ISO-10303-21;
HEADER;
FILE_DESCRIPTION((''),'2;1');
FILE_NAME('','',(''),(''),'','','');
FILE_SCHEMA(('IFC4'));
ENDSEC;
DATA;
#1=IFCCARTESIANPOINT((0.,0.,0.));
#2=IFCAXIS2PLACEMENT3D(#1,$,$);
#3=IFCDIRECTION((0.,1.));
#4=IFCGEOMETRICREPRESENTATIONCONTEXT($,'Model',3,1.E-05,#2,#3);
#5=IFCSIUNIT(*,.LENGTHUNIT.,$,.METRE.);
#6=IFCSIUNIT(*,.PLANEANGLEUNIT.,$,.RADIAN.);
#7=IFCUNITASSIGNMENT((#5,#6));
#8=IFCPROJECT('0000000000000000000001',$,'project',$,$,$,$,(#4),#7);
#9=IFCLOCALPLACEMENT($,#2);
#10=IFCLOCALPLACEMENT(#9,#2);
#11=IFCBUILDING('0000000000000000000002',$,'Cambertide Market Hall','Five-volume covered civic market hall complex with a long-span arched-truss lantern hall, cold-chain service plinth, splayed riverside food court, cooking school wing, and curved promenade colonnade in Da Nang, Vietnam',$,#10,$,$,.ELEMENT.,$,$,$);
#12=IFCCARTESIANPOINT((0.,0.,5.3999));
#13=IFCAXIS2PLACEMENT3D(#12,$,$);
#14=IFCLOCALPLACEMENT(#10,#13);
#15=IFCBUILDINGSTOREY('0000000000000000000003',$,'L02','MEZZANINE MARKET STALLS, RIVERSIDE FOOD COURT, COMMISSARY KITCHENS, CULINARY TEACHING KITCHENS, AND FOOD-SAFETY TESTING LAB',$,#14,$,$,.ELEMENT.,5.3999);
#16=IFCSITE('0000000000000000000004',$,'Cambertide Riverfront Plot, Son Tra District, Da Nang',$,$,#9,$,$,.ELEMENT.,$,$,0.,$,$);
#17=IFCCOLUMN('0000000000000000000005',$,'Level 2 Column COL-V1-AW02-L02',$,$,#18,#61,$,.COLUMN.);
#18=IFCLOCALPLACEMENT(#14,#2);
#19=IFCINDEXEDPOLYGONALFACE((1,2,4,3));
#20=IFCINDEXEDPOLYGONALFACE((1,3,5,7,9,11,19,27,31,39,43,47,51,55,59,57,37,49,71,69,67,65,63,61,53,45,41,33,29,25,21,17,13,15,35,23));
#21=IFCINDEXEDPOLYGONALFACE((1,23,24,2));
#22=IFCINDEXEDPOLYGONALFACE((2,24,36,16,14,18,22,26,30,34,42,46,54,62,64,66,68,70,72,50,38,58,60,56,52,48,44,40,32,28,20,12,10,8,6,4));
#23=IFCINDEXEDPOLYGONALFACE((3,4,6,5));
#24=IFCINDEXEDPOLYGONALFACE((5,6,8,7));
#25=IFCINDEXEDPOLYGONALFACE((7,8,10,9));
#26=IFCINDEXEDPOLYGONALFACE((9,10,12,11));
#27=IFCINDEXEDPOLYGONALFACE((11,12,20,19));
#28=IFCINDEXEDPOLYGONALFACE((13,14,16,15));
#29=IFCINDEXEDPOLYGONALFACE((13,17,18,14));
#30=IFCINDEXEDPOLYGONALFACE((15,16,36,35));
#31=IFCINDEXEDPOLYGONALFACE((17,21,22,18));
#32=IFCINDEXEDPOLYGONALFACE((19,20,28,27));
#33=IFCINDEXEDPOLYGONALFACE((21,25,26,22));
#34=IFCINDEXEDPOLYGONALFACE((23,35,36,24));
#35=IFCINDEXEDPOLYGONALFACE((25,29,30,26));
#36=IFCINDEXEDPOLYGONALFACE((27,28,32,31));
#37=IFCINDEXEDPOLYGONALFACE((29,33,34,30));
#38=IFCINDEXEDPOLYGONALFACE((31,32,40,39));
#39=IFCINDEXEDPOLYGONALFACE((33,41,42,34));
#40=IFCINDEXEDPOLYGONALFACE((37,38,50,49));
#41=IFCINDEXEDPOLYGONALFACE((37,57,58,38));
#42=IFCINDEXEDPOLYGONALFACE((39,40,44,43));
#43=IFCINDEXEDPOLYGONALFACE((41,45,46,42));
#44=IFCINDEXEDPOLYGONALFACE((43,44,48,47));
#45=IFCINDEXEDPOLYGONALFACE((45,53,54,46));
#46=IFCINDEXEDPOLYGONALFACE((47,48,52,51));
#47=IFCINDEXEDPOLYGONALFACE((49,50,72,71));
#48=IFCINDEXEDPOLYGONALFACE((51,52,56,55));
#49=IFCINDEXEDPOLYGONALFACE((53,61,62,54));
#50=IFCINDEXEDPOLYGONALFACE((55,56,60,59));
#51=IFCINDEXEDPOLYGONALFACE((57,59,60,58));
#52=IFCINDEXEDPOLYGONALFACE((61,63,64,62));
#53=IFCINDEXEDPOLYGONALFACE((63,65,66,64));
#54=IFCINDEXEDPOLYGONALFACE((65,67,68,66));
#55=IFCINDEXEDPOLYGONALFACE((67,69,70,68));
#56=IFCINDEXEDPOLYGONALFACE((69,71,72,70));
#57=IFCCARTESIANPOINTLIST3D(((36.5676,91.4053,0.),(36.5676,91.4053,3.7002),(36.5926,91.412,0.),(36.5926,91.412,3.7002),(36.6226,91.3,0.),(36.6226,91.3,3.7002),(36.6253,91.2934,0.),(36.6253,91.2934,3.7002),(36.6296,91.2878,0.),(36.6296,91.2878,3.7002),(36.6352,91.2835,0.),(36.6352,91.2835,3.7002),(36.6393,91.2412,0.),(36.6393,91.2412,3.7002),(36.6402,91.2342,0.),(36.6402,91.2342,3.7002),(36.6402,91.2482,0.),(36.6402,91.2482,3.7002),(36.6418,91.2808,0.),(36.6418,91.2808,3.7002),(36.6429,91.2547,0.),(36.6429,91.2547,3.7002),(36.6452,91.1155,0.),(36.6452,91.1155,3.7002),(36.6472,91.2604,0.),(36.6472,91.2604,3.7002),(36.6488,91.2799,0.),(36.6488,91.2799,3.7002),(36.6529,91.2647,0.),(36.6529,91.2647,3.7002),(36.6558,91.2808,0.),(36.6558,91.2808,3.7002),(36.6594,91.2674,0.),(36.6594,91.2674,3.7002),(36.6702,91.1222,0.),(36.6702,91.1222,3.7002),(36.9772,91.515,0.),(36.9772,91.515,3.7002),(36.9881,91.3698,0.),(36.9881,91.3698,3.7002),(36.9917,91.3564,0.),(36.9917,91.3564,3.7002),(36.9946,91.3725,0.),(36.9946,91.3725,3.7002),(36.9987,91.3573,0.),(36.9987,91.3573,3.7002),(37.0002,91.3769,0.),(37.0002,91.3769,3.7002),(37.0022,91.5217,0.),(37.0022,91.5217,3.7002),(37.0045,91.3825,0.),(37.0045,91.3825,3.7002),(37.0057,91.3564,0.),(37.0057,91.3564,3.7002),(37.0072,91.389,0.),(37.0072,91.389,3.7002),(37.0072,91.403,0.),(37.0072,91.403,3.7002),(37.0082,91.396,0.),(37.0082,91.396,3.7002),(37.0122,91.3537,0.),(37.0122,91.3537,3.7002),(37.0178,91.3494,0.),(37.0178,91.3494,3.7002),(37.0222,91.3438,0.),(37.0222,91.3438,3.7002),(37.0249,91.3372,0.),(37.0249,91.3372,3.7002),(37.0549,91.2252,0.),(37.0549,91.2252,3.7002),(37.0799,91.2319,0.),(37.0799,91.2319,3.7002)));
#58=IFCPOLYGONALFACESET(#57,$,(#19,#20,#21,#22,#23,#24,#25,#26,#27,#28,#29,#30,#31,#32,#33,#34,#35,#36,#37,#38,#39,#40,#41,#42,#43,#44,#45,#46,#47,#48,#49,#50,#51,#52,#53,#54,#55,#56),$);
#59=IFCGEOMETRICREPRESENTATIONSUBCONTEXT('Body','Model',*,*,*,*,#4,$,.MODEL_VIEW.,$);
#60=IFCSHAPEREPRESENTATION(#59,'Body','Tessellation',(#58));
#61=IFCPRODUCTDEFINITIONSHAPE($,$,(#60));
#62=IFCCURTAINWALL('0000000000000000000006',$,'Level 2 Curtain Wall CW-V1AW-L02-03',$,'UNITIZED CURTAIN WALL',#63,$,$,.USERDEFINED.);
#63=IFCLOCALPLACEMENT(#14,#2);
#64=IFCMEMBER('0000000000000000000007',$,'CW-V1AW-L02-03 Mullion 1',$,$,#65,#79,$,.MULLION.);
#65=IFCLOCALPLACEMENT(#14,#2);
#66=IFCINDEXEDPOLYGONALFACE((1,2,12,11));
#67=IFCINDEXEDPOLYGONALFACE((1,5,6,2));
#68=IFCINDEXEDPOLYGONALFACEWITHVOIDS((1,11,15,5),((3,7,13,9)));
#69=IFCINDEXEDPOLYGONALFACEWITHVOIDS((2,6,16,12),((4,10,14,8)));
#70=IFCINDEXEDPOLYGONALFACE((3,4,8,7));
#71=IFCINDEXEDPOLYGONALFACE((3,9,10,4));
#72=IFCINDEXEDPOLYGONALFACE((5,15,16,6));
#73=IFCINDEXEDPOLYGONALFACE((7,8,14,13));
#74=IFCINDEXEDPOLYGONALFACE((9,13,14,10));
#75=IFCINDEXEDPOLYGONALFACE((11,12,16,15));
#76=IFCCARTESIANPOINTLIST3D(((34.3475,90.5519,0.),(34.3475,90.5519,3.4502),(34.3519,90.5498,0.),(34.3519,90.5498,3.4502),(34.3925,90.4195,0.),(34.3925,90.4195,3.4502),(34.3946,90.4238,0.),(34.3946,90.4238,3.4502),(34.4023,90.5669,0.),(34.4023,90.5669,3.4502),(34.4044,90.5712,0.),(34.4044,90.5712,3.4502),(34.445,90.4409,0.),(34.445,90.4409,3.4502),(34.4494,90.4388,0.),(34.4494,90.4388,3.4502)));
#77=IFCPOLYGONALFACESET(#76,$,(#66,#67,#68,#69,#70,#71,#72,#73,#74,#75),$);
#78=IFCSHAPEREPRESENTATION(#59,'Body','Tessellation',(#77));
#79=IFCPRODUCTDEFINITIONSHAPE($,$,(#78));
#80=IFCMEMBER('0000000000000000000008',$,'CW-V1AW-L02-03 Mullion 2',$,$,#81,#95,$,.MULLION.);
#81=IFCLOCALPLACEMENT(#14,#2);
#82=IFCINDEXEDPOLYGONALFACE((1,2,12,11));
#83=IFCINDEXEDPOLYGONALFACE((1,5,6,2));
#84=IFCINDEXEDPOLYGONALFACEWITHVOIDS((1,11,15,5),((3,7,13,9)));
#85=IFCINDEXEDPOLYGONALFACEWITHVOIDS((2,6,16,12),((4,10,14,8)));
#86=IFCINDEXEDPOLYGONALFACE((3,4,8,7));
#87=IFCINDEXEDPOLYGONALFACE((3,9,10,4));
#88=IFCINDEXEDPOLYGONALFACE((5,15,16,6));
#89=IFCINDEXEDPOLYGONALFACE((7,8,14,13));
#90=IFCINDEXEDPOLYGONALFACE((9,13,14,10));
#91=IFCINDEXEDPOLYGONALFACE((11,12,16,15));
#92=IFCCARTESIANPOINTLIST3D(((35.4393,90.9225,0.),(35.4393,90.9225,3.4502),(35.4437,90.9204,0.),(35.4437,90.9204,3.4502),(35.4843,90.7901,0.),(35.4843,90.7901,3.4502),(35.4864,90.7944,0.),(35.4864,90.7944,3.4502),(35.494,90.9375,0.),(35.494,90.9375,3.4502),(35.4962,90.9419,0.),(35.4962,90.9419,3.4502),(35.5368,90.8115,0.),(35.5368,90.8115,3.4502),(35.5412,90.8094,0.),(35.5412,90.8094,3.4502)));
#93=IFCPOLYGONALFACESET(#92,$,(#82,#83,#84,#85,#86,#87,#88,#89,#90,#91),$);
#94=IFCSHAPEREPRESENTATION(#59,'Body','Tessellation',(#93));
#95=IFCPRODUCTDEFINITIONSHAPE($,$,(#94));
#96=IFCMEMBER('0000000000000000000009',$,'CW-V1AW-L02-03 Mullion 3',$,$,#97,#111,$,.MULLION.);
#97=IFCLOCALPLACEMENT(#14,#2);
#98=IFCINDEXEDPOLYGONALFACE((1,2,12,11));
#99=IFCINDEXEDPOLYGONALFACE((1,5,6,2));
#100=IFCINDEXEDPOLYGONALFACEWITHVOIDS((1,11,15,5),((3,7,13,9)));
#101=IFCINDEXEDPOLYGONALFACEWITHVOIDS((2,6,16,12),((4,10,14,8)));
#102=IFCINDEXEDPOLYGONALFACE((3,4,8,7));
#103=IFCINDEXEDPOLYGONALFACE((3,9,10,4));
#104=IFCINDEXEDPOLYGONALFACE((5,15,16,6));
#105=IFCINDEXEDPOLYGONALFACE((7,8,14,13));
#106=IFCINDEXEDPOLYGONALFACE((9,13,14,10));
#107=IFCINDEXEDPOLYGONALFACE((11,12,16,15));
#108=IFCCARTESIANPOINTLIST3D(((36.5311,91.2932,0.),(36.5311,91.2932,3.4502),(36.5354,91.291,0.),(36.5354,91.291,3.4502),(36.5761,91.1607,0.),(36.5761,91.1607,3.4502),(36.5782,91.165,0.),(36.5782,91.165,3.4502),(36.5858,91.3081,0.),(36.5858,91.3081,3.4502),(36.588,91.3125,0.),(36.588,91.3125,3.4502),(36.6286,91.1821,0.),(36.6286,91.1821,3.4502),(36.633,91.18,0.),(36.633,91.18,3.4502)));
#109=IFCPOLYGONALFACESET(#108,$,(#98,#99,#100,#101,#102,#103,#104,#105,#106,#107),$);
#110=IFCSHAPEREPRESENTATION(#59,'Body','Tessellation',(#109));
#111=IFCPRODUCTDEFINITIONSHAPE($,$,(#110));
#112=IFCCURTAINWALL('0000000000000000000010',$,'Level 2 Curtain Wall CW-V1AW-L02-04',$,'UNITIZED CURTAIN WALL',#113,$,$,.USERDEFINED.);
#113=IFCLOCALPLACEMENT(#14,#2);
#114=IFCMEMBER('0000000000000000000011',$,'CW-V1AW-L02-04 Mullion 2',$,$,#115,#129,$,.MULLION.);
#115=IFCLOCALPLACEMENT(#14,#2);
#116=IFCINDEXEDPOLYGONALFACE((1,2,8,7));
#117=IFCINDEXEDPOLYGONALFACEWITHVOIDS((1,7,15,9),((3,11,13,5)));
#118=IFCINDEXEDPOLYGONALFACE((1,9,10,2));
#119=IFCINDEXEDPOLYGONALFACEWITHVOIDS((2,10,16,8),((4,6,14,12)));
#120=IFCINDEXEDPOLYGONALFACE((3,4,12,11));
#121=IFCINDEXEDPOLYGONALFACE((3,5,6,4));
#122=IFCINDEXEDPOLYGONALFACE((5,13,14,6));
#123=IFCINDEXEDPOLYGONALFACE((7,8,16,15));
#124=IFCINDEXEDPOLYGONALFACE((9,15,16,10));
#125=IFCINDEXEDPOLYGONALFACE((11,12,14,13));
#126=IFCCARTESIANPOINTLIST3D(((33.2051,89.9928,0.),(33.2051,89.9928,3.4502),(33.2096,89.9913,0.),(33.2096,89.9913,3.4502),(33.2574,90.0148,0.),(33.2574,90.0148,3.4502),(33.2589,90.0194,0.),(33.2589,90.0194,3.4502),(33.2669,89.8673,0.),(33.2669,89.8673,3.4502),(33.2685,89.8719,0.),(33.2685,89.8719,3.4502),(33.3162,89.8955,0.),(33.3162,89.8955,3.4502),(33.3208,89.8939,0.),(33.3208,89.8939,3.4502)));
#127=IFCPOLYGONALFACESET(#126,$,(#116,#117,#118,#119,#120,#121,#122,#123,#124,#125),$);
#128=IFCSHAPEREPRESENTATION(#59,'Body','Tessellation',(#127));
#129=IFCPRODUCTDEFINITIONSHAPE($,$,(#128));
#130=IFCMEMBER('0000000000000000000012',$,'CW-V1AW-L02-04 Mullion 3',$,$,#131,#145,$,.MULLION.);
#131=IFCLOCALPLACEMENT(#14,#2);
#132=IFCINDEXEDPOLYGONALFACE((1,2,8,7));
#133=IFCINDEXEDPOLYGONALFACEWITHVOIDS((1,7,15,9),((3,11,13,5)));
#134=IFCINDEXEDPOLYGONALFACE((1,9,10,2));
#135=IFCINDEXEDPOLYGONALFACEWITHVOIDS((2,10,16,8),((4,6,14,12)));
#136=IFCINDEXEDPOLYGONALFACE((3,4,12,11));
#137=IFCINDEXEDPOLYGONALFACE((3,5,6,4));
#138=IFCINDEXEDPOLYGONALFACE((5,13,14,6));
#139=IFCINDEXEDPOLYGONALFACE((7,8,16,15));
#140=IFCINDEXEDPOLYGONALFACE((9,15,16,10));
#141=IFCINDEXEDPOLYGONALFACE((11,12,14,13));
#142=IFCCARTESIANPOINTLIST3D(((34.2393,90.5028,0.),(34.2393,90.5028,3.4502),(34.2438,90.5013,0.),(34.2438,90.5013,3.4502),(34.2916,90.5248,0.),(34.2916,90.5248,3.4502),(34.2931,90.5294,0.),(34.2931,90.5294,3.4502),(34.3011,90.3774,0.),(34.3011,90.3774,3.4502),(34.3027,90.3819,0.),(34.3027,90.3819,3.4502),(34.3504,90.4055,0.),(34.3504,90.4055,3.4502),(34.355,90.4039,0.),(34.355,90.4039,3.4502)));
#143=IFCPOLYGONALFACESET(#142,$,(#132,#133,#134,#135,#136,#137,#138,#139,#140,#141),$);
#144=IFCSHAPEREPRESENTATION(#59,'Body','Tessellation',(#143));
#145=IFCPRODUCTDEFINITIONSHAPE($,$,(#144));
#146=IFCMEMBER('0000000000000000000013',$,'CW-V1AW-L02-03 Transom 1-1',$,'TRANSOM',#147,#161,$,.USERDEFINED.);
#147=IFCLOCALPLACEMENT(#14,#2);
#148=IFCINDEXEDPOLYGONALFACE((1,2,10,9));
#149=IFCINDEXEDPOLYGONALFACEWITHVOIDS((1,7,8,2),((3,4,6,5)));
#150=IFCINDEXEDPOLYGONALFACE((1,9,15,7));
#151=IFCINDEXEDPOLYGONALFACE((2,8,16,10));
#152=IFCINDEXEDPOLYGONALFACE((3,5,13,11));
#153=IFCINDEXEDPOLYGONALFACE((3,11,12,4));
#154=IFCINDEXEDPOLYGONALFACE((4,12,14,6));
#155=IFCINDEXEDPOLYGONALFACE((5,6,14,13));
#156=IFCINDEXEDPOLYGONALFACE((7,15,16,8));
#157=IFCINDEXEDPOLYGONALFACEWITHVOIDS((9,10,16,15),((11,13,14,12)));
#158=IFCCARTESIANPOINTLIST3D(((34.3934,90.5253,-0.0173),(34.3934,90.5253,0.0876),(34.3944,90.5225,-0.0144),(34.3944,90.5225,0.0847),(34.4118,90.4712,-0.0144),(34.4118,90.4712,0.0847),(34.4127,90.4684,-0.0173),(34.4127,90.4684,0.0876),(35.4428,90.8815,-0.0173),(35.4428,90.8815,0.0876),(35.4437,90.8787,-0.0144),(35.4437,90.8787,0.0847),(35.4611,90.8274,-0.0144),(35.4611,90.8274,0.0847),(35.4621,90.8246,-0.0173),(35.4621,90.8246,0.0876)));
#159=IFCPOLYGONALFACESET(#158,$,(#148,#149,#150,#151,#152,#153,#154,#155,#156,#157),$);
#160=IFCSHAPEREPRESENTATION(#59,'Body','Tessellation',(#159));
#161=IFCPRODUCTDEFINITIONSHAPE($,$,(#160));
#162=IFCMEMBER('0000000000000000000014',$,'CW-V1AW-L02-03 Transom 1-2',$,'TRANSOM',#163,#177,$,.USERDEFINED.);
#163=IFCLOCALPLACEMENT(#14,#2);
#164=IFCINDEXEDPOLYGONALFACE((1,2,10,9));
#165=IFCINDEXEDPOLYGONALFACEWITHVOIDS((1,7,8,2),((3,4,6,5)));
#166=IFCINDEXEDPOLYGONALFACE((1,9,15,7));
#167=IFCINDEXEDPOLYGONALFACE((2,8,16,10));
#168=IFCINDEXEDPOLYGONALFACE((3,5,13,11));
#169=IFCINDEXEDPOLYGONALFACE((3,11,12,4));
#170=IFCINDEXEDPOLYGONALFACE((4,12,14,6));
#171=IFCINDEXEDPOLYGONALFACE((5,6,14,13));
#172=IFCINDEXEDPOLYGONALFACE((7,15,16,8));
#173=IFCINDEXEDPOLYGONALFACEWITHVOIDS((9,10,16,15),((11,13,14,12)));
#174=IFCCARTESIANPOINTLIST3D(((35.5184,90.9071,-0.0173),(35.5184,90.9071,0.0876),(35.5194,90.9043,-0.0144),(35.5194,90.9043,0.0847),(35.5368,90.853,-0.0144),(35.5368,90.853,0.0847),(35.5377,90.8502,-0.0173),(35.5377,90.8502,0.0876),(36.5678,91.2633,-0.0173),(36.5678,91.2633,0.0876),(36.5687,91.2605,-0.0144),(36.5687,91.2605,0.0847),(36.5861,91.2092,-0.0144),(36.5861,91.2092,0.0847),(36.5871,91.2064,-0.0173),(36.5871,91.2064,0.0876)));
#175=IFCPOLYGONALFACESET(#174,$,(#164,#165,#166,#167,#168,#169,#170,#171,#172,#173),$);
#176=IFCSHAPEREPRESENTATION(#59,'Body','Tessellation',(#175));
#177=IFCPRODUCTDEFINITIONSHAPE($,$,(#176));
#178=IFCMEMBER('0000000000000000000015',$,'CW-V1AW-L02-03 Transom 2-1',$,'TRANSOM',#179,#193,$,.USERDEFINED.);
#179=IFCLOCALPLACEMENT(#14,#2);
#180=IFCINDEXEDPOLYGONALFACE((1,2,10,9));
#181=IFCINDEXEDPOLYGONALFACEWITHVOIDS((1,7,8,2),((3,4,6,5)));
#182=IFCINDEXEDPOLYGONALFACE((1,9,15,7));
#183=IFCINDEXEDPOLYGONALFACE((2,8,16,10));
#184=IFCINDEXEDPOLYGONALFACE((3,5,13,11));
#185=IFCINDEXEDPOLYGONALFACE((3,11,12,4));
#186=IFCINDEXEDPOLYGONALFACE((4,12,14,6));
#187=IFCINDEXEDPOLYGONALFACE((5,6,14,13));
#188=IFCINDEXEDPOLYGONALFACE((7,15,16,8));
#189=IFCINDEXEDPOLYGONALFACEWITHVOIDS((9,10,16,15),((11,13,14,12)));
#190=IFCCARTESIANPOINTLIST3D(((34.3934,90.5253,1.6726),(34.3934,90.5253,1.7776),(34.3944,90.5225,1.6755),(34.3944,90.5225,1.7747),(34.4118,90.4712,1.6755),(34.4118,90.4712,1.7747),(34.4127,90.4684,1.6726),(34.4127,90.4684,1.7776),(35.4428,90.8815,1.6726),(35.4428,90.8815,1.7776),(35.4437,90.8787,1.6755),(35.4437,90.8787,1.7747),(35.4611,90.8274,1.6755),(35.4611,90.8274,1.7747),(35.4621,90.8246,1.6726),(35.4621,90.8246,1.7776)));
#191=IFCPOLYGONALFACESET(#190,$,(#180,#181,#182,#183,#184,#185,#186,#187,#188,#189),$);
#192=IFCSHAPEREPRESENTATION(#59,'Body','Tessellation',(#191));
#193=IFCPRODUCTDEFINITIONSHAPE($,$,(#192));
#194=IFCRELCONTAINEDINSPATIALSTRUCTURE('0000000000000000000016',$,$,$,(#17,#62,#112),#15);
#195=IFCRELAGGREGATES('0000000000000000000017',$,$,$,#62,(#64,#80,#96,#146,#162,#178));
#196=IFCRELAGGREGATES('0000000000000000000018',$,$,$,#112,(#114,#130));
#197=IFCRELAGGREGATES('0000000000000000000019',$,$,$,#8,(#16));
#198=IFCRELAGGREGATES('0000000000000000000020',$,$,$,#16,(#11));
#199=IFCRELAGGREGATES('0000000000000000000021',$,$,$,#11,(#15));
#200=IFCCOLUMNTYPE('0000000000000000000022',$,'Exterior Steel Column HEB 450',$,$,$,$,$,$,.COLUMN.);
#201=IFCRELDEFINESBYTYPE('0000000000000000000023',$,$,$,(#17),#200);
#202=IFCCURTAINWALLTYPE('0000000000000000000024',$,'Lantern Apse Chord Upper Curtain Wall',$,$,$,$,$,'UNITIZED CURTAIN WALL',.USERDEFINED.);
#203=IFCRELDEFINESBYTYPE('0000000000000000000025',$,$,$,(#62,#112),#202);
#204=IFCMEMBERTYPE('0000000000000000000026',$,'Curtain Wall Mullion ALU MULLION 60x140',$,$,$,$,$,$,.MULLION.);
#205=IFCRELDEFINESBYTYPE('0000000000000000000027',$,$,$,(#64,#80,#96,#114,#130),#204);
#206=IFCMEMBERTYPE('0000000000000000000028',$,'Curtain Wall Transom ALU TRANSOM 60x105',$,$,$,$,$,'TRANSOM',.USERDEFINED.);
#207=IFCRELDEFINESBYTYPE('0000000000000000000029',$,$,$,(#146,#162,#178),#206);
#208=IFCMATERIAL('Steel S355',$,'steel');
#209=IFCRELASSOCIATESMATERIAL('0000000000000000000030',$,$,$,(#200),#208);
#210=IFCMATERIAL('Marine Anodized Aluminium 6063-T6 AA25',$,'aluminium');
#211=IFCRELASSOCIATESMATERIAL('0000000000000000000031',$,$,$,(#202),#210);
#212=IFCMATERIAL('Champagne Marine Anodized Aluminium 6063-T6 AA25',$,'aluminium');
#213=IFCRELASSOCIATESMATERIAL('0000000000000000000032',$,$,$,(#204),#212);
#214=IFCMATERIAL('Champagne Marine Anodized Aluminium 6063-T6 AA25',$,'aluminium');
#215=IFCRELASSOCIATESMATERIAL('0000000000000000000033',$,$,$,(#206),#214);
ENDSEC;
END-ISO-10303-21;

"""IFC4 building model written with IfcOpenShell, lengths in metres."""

from ifc_helpers import new_model, si_unit, direction, frame, origin, origin_2d, place, context, subcontext, project, spatial, hollow_rectangle, i_section, extrude, material, material_profile, profile_set, type_object, element, aggregate, save


model = new_model("IFC4")

# Units and contexts
model_context = context("Model", 3, precision=1e-05, world=origin(), true_north=direction((0.0, 1.0)))
body_context = subcontext(model_context, "Body", "Model", "MODEL_VIEW")
ifc_project = project(units=[si_unit("LENGTHUNIT", "METRE"), si_unit("PLANEANGLEUNIT", "RADIAN")], contexts=[model_context])

# Site, building, storey
site_placement = place(None, origin())
site = spatial("IfcSite", under=ifc_project, at=site_placement, Name="Cambertide Riverfront Plot, Son Tra District, Da Nang", CompositionType="ELEMENT", RefElevation=0.0)
building_placement = place(site_placement, origin())
building = spatial("IfcBuilding", under=site, at=building_placement, Name="Cambertide Market Hall", Description="Five-volume covered civic market hall complex with a long-span arched-truss lantern hall, cold-chain service plinth, splayed riverside food court, cooking school wing, and curved promenade colonnade in Da Nang, Vietnam", CompositionType="ELEMENT")
storey_placement = place(building_placement, frame((0.0, 0.0, 5.3999)))
storey = spatial("IfcBuildingStorey", under=building, at=storey_placement, Name="L02", Description="MEZZANINE MARKET STALLS, RIVERSIDE FOOD COURT, COMMISSARY KITCHENS, CULINARY TEACHING KITCHENS, AND FOOD-SAFETY TESTING LAB", CompositionType="ELEMENT", Elevation=5.3999)

# Column
ifc_material_1 = material(Name="Steel S355", Category="steel")
ifc_material_profile_1 = material_profile(ifc_material_1, i_section(OverallWidth=0.3, OverallDepth=0.45, WebThickness=0.0139, FlangeThickness=0.0259, FilletRadius=0.0271, at=origin_2d()), Name="HEB 450")
ifc_profile_set_1 = profile_set([ifc_material_profile_1], Name="Steel S355")
column_type = type_object("IfcColumnType", Name="Exterior Steel Column HEB 450", PredefinedType="COLUMN", material=ifc_profile_set_1)
column_placement = place(storey_placement, frame((36.8237, 91.3186, 0.0), z_axis=(0.0, 0.0, 1.0), x_axis=(-0.258819, 0.965926, 0.0)))
element("IfcColumn", 1, at=column_placement, inside=storey, type_object=column_type, Name="Level 2 Column COL-V1-AW02-L02", PredefinedType="COLUMN", context=body_context, shape_type="SweptSolid", body=[
    extrude(i_section(OverallWidth=0.3, OverallDepth=0.45, WebThickness=0.0139, FlangeThickness=0.0259, FilletRadius=0.0271, at=origin_2d()), origin(), (0.0, 0.0, 1.0), 3.7002),
])

# Curtain walls, members
ifc_material_2 = material(Name="Marine Anodized Aluminium 6063-T6 AA25", Category="aluminium")
curtain_wall_type = type_object("IfcCurtainWallType", Name="Lantern Apse Chord Upper Curtain Wall", ElementType="UNITIZED CURTAIN WALL", PredefinedType="USERDEFINED", material=ifc_material_2)
curtain_wall_1_placement = place(storey_placement, origin())
curtain_wall_1 = element("IfcCurtainWall", 2, at=curtain_wall_1_placement, inside=storey, type_object=curtain_wall_type, Name="Level 2 Curtain Wall CW-V1AW-L02-03", ObjectType="UNITIZED CURTAIN WALL", PredefinedType="USERDEFINED")
ifc_material_3 = material(Name="Champagne Marine Anodized Aluminium 6063-T6 AA25", Category="aluminium")
ifc_material_profile_2 = material_profile(ifc_material_3, hollow_rectangle(XDim=0.0601, YDim=0.1399, WallThickness=0.0034, at=origin_2d()), Name="ALU MULLION 60x140")
ifc_profile_set_2 = profile_set([ifc_material_profile_2], Name="Champagne Marine Anodized Aluminium 6063-T6 AA25")
member_type_1 = type_object("IfcMemberType", Name="Curtain Wall Mullion ALU MULLION 60x140", PredefinedType="MULLION", material=ifc_profile_set_2)
member_1_placement = place(storey_placement, frame((34.3984, 90.4954, 0.0), z_axis=(0.0, 0.0, 1.0), x_axis=(0.94693, 0.321439, 0.0)))
member_1 = element("IfcMember", 3, at=member_1_placement, type_object=member_type_1, Name="CW-V1AW-L02-03 Mullion 1", PredefinedType="MULLION", context=body_context, shape_type="SweptSolid", body=[
    extrude(hollow_rectangle(XDim=0.0601, YDim=0.1399, WallThickness=0.0034, at=origin_2d()), origin(), (0.0, 0.0, 1.0), 3.4502),
])
member_2_placement = place(storey_placement, frame((35.4902, 90.866, 0.0), z_axis=(0.0, 0.0, 1.0), x_axis=(0.94693, 0.321439, 0.0)))
member_2 = element("IfcMember", 4, at=member_2_placement, type_object=member_type_1, Name="CW-V1AW-L02-03 Mullion 2", PredefinedType="MULLION", context=body_context, shape_type="SweptSolid", body=[
    extrude(hollow_rectangle(XDim=0.0601, YDim=0.1399, WallThickness=0.0034, at=origin_2d()), origin(), (0.0, 0.0, 1.0), 3.4502),
])
member_3_placement = place(storey_placement, frame((36.582, 91.2366, 0.0), z_axis=(0.0, 0.0, 1.0), x_axis=(0.94693, 0.321439, 0.0)))
member_3 = element("IfcMember", 5, at=member_3_placement, type_object=member_type_1, Name="CW-V1AW-L02-03 Mullion 3", PredefinedType="MULLION", context=body_context, shape_type="SweptSolid", body=[
    extrude(hollow_rectangle(XDim=0.0601, YDim=0.1399, WallThickness=0.0034, at=origin_2d()), origin(), (0.0, 0.0, 1.0), 3.4502),
])
curtain_wall_2_placement = place(storey_placement, origin())
curtain_wall_2 = element("IfcCurtainWall", 6, at=curtain_wall_2_placement, inside=storey, type_object=curtain_wall_type, Name="Level 2 Curtain Wall CW-V1AW-L02-04", ObjectType="UNITIZED CURTAIN WALL", PredefinedType="USERDEFINED")
member_4_placement = place(storey_placement, frame((33.2629, 89.9434, 0.0), z_axis=(0.0, 0.0, 1.0), x_axis=(0.896873, 0.442289, 0.0)))
member_4 = element("IfcMember", 7, at=member_4_placement, type_object=member_type_1, Name="CW-V1AW-L02-04 Mullion 2", PredefinedType="MULLION", context=body_context, shape_type="SweptSolid", body=[
    extrude(hollow_rectangle(XDim=0.0601, YDim=0.1399, WallThickness=0.0034, at=origin_2d()), origin(), (0.0, 0.0, 1.0), 3.4502),
])
member_5_placement = place(storey_placement, frame((34.2971, 90.4534, 0.0), z_axis=(0.0, 0.0, 1.0), x_axis=(0.896873, 0.442289, 0.0)))
member_5 = element("IfcMember", 8, at=member_5_placement, type_object=member_type_1, Name="CW-V1AW-L02-04 Mullion 3", PredefinedType="MULLION", context=body_context, shape_type="SweptSolid", body=[
    extrude(hollow_rectangle(XDim=0.0601, YDim=0.1399, WallThickness=0.0034, at=origin_2d()), origin(), (0.0, 0.0, 1.0), 3.4502),
])

# Members
ifc_material_4 = material(Name="Champagne Marine Anodized Aluminium 6063-T6 AA25", Category="aluminium")
ifc_material_profile_3 = material_profile(ifc_material_4, hollow_rectangle(XDim=0.0601, YDim=0.105, WallThickness=0.0029, at=origin_2d()), Name="ALU TRANSOM 60x105")
ifc_profile_set_3 = profile_set([ifc_material_profile_3], Name="Champagne Marine Anodized Aluminium 6063-T6 AA25")
member_type_2 = type_object("IfcMemberType", Name="Curtain Wall Transom ALU TRANSOM 60x105", ElementType="TRANSOM", PredefinedType="USERDEFINED", material=ifc_profile_set_3)
member_6_placement = place(storey_placement, frame((34.4031, 90.4968, 0.0352), z_axis=(0.946928, 0.321445, 0.0), x_axis=(-0.321445, 0.946928, 0.0)))
member_6 = element("IfcMember", 9, at=member_6_placement, type_object=member_type_2, Name="CW-V1AW-L02-03 Transom 1-1", ObjectType="TRANSOM", PredefinedType="USERDEFINED", context=body_context, shape_type="SweptSolid", body=[
    extrude(hollow_rectangle(XDim=0.0601, YDim=0.105, WallThickness=0.0029, at=origin_2d()), origin(), (0.0, 0.0, 1.0), 1.1082),
])
member_7_placement = place(storey_placement, frame((35.5281, 90.8787, 0.0352), z_axis=(0.946928, 0.321445, 0.0), x_axis=(-0.321445, 0.946928, 0.0)))
member_7 = element("IfcMember", 10, at=member_7_placement, type_object=member_type_2, Name="CW-V1AW-L02-03 Transom 1-2", ObjectType="TRANSOM", PredefinedType="USERDEFINED", context=body_context, shape_type="SweptSolid", body=[
    extrude(hollow_rectangle(XDim=0.0601, YDim=0.105, WallThickness=0.0029, at=origin_2d()), origin(), (0.0, 0.0, 1.0), 1.1082),
])
member_8_placement = place(storey_placement, frame((34.4031, 90.4968, 1.7251), z_axis=(0.946928, 0.321445, 0.0), x_axis=(-0.321445, 0.946928, 0.0)))
member_8 = element("IfcMember", 11, at=member_8_placement, type_object=member_type_2, Name="CW-V1AW-L02-03 Transom 2-1", ObjectType="TRANSOM", PredefinedType="USERDEFINED", context=body_context, shape_type="SweptSolid", body=[
    extrude(hollow_rectangle(XDim=0.0601, YDim=0.105, WallThickness=0.0029, at=origin_2d()), origin(), (0.0, 0.0, 1.0), 1.1082),
])

aggregate(curtain_wall_1, [member_1, member_2, member_3, member_6, member_7, member_8])
aggregate(curtain_wall_2, [member_4, member_5])

save(model, "model.ifc")
